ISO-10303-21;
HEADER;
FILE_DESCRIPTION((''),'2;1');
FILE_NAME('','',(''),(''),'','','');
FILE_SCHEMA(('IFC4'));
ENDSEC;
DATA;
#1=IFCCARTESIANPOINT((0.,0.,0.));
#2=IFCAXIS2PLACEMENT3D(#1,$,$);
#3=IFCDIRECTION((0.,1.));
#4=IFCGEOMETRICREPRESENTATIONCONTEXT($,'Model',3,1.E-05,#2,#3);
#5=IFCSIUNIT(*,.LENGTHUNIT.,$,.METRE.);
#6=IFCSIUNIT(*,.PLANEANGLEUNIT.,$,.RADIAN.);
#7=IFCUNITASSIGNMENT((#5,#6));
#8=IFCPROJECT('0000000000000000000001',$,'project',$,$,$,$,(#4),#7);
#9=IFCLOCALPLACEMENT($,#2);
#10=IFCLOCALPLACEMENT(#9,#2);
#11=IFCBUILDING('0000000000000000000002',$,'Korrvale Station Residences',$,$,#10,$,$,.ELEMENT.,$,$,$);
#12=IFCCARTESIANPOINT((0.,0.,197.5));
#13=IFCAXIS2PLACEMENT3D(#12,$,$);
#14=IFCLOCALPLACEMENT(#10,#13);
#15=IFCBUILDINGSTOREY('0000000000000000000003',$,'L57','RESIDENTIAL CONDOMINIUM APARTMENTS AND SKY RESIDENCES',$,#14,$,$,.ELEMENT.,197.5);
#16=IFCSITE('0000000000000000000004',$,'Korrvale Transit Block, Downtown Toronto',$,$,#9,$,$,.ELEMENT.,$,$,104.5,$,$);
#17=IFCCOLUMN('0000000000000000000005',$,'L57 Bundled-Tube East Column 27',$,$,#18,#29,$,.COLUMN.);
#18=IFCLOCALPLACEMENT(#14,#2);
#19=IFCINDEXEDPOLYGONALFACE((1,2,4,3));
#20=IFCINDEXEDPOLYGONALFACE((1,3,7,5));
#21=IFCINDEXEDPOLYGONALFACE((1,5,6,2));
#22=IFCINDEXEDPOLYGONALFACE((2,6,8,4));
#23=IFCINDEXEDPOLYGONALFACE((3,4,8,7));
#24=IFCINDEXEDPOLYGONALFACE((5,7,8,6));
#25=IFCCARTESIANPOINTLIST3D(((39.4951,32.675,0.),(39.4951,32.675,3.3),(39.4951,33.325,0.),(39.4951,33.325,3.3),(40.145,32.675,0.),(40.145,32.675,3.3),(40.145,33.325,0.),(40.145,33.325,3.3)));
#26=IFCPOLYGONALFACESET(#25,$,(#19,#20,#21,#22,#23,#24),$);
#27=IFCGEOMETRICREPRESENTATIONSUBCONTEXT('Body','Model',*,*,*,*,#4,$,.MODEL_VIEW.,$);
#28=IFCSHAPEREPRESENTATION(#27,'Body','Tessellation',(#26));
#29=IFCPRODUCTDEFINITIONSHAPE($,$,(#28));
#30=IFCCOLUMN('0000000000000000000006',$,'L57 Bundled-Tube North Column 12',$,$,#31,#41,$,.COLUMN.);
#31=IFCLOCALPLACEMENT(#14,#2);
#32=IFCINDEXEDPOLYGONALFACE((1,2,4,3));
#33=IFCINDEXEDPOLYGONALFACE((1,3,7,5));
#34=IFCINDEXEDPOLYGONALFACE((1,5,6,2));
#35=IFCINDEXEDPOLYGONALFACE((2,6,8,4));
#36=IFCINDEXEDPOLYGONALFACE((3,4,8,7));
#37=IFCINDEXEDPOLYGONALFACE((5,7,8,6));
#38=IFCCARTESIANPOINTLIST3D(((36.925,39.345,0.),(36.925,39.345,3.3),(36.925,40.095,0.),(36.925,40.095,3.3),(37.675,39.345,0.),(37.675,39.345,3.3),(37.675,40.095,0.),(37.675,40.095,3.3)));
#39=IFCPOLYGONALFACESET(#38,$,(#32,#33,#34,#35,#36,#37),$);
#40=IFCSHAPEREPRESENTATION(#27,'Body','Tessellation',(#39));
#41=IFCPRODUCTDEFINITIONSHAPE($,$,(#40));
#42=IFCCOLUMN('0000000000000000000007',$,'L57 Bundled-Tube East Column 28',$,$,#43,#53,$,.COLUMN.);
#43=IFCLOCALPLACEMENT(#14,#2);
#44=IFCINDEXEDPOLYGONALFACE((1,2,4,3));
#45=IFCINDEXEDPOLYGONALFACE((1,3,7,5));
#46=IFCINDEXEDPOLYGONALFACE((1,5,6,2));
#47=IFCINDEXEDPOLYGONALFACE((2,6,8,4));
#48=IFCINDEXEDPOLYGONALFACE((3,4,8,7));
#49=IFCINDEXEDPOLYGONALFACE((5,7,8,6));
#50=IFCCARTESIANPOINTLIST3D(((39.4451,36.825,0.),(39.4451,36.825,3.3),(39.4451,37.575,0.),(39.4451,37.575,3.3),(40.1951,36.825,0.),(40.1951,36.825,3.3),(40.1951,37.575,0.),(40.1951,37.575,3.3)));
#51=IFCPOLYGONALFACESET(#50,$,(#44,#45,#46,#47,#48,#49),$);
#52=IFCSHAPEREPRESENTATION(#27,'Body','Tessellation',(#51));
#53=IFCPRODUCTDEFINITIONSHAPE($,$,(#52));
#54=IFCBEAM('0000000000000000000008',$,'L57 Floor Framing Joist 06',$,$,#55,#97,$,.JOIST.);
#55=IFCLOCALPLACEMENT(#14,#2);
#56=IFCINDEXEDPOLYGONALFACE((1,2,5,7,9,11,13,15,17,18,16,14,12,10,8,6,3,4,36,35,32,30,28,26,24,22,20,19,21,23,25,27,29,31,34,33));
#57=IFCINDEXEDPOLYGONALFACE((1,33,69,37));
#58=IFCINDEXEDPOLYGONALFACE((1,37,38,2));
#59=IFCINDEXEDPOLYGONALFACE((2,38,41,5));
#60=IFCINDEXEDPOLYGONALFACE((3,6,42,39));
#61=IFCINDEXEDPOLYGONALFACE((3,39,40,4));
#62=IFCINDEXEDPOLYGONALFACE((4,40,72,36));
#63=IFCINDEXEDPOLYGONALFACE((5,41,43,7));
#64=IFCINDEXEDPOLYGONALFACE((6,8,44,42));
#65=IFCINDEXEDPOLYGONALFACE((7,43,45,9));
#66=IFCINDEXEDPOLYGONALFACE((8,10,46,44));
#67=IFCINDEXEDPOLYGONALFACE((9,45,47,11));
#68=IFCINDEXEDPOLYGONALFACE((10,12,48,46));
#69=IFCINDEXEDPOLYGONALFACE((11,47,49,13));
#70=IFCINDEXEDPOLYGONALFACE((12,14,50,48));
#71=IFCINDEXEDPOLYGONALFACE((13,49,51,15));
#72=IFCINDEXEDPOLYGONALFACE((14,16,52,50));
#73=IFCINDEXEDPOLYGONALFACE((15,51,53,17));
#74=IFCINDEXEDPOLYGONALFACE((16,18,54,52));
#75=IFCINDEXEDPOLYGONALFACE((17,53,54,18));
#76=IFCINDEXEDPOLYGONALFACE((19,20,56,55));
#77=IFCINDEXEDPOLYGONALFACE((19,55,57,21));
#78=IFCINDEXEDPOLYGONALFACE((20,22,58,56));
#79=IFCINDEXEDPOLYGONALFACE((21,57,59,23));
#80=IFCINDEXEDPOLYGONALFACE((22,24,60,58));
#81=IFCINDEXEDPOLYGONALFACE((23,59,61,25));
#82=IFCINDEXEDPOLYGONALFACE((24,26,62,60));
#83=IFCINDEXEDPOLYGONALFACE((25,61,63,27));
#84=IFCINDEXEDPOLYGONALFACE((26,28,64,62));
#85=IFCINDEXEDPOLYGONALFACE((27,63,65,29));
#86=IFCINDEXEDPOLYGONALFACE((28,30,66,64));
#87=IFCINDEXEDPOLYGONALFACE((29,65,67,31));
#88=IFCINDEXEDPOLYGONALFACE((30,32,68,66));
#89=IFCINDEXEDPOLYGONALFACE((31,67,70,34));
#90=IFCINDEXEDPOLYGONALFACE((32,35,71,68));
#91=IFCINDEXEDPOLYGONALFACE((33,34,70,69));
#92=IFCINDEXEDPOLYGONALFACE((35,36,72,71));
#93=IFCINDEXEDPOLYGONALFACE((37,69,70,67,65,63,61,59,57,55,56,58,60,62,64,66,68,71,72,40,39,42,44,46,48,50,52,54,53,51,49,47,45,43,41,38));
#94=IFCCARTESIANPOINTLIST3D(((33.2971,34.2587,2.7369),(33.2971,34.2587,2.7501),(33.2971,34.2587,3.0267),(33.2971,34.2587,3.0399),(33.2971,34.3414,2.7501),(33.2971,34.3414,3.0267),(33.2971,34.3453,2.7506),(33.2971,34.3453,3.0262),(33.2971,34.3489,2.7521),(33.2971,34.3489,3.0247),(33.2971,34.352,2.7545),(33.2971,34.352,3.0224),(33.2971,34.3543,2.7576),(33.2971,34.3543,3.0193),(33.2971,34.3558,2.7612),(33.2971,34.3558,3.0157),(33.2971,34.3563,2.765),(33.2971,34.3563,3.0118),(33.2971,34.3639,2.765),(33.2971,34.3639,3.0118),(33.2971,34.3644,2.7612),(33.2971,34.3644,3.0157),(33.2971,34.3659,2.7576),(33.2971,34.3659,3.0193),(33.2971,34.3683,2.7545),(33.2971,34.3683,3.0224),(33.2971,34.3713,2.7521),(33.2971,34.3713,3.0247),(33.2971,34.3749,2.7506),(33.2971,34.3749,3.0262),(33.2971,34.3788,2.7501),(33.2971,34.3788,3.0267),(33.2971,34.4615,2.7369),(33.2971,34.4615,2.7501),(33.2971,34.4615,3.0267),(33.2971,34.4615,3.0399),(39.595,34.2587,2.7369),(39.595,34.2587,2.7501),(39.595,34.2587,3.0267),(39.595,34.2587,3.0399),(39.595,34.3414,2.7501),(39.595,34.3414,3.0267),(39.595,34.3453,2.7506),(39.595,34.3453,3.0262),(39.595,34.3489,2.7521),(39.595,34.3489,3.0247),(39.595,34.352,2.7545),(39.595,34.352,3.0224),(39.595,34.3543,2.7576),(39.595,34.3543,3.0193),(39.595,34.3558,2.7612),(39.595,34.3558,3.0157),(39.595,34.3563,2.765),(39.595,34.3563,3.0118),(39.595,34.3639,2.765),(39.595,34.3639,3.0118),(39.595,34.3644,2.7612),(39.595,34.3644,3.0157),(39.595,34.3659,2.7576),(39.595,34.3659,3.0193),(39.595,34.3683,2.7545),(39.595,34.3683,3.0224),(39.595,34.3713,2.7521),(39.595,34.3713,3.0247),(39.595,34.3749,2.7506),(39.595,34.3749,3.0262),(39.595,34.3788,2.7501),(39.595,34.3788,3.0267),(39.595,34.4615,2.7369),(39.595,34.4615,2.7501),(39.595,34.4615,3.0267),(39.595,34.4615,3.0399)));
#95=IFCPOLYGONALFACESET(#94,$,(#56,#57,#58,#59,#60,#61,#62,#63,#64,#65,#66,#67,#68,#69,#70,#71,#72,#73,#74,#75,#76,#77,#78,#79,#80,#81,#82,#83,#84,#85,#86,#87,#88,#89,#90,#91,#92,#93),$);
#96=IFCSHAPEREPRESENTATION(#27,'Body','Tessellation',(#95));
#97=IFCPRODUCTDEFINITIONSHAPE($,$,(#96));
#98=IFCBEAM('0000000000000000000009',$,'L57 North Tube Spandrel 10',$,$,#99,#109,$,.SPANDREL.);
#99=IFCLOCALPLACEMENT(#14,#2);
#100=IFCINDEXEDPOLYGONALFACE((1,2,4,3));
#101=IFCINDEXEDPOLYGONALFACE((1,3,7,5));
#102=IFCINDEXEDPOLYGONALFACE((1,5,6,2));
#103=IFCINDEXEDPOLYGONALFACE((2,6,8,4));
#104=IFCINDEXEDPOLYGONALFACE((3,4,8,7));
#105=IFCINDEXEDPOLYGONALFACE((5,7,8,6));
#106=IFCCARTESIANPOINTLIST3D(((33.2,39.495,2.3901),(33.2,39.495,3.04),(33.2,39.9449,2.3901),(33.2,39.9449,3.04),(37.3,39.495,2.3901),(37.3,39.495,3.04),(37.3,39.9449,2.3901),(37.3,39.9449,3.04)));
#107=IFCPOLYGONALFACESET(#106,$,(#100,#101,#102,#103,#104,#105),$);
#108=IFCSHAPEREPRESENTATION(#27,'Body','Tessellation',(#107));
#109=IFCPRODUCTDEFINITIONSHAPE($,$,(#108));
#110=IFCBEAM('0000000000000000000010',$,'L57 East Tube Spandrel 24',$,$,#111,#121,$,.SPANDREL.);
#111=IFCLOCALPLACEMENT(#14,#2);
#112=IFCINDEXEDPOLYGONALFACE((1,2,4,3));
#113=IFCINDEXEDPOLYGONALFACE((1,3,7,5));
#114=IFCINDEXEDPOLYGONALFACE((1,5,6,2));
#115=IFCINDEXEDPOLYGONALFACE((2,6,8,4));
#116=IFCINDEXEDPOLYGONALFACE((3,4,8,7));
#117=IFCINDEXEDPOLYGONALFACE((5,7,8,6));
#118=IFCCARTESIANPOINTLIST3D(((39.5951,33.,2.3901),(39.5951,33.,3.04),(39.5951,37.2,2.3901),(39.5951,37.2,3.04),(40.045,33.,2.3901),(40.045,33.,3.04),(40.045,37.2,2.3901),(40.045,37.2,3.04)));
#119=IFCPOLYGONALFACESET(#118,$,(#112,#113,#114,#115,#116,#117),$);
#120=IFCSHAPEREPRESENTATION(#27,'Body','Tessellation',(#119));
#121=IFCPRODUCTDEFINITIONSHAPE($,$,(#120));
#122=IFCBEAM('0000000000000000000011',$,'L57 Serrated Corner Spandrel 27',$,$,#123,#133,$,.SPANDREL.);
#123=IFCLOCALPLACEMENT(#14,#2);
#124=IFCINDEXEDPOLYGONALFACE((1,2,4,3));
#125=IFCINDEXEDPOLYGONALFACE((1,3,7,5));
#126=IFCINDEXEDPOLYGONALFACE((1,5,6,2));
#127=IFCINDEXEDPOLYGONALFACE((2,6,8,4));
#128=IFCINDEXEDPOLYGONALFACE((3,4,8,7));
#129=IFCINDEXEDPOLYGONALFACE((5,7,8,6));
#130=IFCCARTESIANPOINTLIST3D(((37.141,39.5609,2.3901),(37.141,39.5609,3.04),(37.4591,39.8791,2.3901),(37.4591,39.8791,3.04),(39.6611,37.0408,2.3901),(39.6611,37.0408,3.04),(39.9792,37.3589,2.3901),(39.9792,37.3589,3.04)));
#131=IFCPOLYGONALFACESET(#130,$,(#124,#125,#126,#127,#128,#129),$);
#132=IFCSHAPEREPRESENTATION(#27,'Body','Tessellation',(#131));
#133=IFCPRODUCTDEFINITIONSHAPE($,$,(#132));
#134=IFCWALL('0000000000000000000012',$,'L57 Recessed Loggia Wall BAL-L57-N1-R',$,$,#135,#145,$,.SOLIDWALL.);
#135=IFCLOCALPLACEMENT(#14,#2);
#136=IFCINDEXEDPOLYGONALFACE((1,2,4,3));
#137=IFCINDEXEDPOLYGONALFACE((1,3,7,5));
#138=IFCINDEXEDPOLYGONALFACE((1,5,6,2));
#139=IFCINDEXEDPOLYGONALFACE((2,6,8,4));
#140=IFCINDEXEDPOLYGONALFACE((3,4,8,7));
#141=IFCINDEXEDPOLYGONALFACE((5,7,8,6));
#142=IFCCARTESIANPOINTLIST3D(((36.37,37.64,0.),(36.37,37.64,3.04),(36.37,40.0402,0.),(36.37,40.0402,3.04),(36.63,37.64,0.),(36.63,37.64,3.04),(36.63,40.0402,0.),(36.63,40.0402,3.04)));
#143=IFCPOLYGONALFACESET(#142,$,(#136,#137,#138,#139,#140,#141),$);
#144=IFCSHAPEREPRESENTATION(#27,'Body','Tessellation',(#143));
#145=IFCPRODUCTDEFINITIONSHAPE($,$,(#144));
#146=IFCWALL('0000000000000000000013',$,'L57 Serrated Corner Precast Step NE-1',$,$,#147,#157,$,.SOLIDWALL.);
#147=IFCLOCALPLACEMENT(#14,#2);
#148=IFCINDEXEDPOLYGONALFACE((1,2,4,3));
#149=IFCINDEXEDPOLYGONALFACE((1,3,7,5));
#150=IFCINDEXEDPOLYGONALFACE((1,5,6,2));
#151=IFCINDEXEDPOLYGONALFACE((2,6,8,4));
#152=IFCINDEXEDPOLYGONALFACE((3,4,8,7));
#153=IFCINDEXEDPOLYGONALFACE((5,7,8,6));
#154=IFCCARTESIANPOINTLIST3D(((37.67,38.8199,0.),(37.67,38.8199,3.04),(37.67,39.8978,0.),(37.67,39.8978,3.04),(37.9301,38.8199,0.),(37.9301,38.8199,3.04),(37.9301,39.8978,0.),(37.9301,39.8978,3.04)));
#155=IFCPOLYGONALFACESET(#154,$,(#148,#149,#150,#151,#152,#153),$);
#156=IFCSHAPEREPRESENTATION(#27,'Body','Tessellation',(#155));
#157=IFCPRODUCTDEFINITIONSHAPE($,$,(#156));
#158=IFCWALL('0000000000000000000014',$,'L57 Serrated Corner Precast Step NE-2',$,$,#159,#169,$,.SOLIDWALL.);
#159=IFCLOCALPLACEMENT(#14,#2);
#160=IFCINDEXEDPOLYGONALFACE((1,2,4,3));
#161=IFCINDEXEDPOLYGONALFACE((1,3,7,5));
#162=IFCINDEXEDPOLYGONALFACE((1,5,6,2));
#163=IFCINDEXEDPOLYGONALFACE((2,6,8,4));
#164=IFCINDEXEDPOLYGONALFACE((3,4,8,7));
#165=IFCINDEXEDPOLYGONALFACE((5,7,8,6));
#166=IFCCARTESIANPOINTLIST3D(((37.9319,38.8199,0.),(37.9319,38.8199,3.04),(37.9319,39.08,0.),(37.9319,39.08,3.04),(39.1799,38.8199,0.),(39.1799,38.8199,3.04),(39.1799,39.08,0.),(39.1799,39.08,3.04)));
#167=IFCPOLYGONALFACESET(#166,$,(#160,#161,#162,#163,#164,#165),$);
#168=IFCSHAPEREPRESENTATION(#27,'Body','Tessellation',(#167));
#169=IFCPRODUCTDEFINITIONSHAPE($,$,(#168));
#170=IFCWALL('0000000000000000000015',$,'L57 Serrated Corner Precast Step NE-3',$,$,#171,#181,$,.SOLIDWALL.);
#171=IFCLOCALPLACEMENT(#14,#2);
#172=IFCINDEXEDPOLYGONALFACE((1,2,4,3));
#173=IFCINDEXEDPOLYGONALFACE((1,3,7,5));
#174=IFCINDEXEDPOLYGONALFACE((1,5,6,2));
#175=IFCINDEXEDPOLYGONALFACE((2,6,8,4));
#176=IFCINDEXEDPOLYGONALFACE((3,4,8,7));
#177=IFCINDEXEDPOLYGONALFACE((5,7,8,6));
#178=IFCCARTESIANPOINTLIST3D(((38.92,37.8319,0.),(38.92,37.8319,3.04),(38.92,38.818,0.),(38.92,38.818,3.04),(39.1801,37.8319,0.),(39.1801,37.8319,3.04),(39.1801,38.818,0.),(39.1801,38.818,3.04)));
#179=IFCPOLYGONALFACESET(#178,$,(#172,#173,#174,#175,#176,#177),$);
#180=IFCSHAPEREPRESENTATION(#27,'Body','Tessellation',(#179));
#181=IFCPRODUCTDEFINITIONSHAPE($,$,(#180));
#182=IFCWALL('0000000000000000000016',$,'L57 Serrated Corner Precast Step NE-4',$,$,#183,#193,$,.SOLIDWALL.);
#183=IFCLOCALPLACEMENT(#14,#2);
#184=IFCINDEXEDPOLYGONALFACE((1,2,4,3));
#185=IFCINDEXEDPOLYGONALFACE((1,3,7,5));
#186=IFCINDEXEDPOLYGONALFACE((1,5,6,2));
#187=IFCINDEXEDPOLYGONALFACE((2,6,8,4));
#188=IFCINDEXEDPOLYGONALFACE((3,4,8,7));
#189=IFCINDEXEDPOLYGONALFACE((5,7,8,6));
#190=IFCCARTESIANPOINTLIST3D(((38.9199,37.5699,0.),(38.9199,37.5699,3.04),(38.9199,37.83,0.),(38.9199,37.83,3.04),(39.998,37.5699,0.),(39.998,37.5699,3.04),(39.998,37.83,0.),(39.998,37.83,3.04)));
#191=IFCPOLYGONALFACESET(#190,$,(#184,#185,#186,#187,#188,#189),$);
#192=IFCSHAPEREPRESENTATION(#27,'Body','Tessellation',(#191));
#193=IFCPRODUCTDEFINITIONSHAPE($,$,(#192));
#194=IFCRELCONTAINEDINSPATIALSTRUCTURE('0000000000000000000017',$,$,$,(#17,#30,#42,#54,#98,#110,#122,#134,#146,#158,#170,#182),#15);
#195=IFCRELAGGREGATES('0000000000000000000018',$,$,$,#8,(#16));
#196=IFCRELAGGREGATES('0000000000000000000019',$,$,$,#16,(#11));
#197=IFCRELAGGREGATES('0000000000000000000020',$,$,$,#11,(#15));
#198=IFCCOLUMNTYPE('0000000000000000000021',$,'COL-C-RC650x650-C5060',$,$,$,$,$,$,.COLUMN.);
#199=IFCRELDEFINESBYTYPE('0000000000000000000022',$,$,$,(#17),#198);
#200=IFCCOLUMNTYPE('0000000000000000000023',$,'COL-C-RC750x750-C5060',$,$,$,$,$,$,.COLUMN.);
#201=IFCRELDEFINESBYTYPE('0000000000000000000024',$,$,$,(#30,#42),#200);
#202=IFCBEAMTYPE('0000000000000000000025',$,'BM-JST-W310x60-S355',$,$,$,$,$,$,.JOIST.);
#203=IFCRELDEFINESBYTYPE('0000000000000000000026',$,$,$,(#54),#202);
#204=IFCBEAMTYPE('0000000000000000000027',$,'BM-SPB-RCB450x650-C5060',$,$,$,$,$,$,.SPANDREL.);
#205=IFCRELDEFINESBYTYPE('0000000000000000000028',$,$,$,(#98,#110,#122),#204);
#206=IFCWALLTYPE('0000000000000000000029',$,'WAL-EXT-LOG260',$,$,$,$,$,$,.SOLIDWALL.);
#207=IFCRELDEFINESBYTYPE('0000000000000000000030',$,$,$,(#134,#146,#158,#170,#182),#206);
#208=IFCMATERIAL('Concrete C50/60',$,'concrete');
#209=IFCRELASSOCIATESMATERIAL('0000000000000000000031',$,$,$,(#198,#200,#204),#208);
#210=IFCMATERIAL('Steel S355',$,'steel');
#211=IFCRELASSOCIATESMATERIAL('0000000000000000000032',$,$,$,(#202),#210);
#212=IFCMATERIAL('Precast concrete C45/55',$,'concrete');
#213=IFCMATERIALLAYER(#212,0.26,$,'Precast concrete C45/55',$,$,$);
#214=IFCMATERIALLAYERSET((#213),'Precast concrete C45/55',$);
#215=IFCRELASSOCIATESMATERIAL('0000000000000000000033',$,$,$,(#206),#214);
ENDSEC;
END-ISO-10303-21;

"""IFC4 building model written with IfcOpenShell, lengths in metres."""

from ifc_helpers import new_model, si_unit, direction, frame, frame_2d, origin, origin_2d, place, context, subcontext, project, spatial, rectangle, i_section, extrude, material, layer, layer_set, material_profile, profile_set, type_object, element, save


model = new_model("IFC4")

# Units and contexts
model_context = context("Model", 3, precision=1e-05, world=origin(), true_north=direction((0.0, 1.0)))
body_context = subcontext(model_context, "Body", "Model", "MODEL_VIEW")
ifc_project = project(units=[si_unit("LENGTHUNIT", "METRE"), si_unit("PLANEANGLEUNIT", "RADIAN")], contexts=[model_context])

# Site, building, storey
site_placement = place(None, origin())
site = spatial("IfcSite", under=ifc_project, at=site_placement, Name="Korrvale Transit Block, Downtown Toronto", CompositionType="ELEMENT", RefElevation=104.5)
building_placement = place(site_placement, origin())
building = spatial("IfcBuilding", under=site, at=building_placement, Name="Korrvale Station Residences", CompositionType="ELEMENT")
storey_placement = place(building_placement, frame((0.0, 0.0, 197.5)))
storey = spatial("IfcBuildingStorey", under=building, at=storey_placement, Name="L57", Description="RESIDENTIAL CONDOMINIUM APARTMENTS AND SKY RESIDENCES", CompositionType="ELEMENT", Elevation=197.5)

# Columns
ifc_material_1 = material(Name="Concrete C50/60", Category="concrete")
ifc_material_profile_1 = material_profile(ifc_material_1, rectangle(XDim=0.6499, YDim=0.6499, at=origin_2d()), Name="RC650x650")
ifc_profile_set_1 = profile_set([ifc_material_profile_1], Name="Concrete C50/60")
column_type_1 = type_object("IfcColumnType", Name="COL-C-RC650x650-C5060", PredefinedType="COLUMN", material=ifc_profile_set_1)
column_placement = place(storey_placement, frame((39.8201, 33.0, 0.0), z_axis=(0.0, 0.0, 1.0), x_axis=(1.0, 0.0, 0.0)))
element("IfcColumn", 1, at=column_placement, inside=storey, type_object=column_type_1, Name="L57 Bundled-Tube East Column 27", PredefinedType="COLUMN", context=body_context, shape_type="SweptSolid", body=[
    extrude(rectangle(XDim=0.6499, YDim=0.6499, at=origin_2d()), origin(), (0.0, 0.0, 1.0), 3.3),
])
ifc_material_profile_2 = material_profile(ifc_material_1, rectangle(XDim=0.75, YDim=0.75, at=origin_2d()), Name="RC750x750")
ifc_profile_set_2 = profile_set([ifc_material_profile_2], Name="Concrete C50/60")
column_type_2 = type_object("IfcColumnType", Name="COL-C-RC750x750-C5060", PredefinedType="COLUMN", material=ifc_profile_set_2)
for number, where, z_axis, x_axis, name in (
    (2, (37.3, 39.72, 0.0), (0.0, 0.0, 1.0), (1.0, 0.0, 0.0), "L57 Bundled-Tube North Column 12"),
    (3, (39.8201, 37.2, 0.0), (0.0, 0.0, 1.0), (1.0, 0.0, 0.0), "L57 Bundled-Tube East Column 28"),
):
    element("IfcColumn", number, at=place(storey_placement, frame(where, z_axis=z_axis, x_axis=x_axis)), inside=storey, type_object=column_type_2, Name=name, PredefinedType="COLUMN", context=body_context, shape_type="SweptSolid", body=[
        extrude(rectangle(XDim=0.75, YDim=0.75, at=origin_2d()), origin(), (0.0, 0.0, 1.0), 3.3),
    ])

# Beams
ifc_material_2 = material(Name="Steel S355", Category="steel")
ifc_material_profile_3 = material_profile(ifc_material_2, i_section(OverallWidth=0.2029, OverallDepth=0.303, WebThickness=0.0076, FlangeThickness=0.0132, FilletRadius=0.0149, at=origin_2d()), Name="W310x60")
ifc_profile_set_3 = profile_set([ifc_material_profile_3], Name="Steel S355")
beam_type_1 = type_object("IfcBeamType", Name="BM-JST-W310x60-S355", PredefinedType="JOIST", material=ifc_profile_set_3)
beam_1_placement = place(storey_placement, frame((33.2971, 34.3601, 2.8884), z_axis=(1.0, 0.0, 0.0), x_axis=(0.0, 1.0, 0.0)))
element("IfcBeam", 4, at=beam_1_placement, inside=storey, type_object=beam_type_1, Name="L57 Floor Framing Joist 06", PredefinedType="JOIST", context=body_context, shape_type="SweptSolid", body=[
    extrude(i_section(OverallWidth=0.2029, OverallDepth=0.303, WebThickness=0.0076, FlangeThickness=0.0132, FilletRadius=0.0149, at=origin_2d()), origin(), (0.0, 0.0, 1.0), 6.2979),
])
ifc_material_profile_4 = material_profile(ifc_material_1, rectangle(XDim=0.45, YDim=0.6499, at=origin_2d()), Name="RCB450x650")
ifc_profile_set_4 = profile_set([ifc_material_profile_4], Name="Concrete C50/60")
beam_type_2 = type_object("IfcBeamType", Name="BM-SPB-RCB450x650-C5060", PredefinedType="SPANDREL", material=ifc_profile_set_4)
beam_2_placement = place(storey_placement, frame((33.2, 39.72, 2.7151), z_axis=(1.0, 0.0, 0.0), x_axis=(0.0, 1.0, 0.0)))
element("IfcBeam", 5, at=beam_2_placement, inside=storey, type_object=beam_type_2, Name="L57 North Tube Spandrel 10", PredefinedType="SPANDREL", context=body_context, shape_type="SweptSolid", body=[
    extrude(rectangle(XDim=0.45, YDim=0.6499, at=origin_2d()), origin(), (0.0, 0.0, 1.0), 4.1001),
])
beam_3_placement = place(storey_placement, frame((39.8201, 33.0, 2.7151), z_axis=(0.0, 1.0, 0.0), x_axis=(-1.0, 0.0, 0.0)))
element("IfcBeam", 6, at=beam_3_placement, inside=storey, type_object=beam_type_2, Name="L57 East Tube Spandrel 24", PredefinedType="SPANDREL", context=body_context, shape_type="SweptSolid", body=[
    extrude(rectangle(XDim=0.45, YDim=0.6499, at=origin_2d()), origin(), (0.0, 0.0, 1.0), 4.2),
])
beam_4_placement = place(storey_placement, frame((37.3, 39.72, 2.7151), z_axis=(0.707107, -0.707107, 0.0), x_axis=(0.707107, 0.707107, 0.0)))
element("IfcBeam", 7, at=beam_4_placement, inside=storey, type_object=beam_type_2, Name="L57 Serrated Corner Spandrel 27", PredefinedType="SPANDREL", context=body_context, shape_type="SweptSolid", body=[
    extrude(rectangle(XDim=0.45, YDim=0.6499, at=origin_2d()), origin(), (0.0, 0.0, 1.0), 3.564),
])

# Walls
ifc_material_3 = material(Name="Precast concrete C45/55", Category="concrete")
ifc_layer_1 = layer(ifc_material_3, 0.26, Name="Precast concrete C45/55")
ifc_layer_set_1 = layer_set([ifc_layer_1], Name="Precast concrete C45/55")
wall_type_1 = type_object("IfcWallType", Name="WAL-EXT-LOG260", PredefinedType="SOLIDWALL", material=ifc_layer_set_1)
wall_1_placement = place(storey_placement, frame((36.5, 37.6399, 0.0), z_axis=(0.0, 0.0, 1.0), x_axis=(0.0, 1.0, 0.0)))
element("IfcWall", 8, at=wall_1_placement, inside=storey, type_object=wall_type_1, Name="L57 Recessed Loggia Wall BAL-L57-N1-R", PredefinedType="SOLIDWALL", context=body_context, shape_type="SweptSolid", body=[
    extrude(rectangle(XDim=2.4001, YDim=0.26, at=frame_2d((1.2002, 0.0))), origin(), (0.0, 0.0, 1.0), 3.04),
])
wall_2_placement = place(storey_placement, frame((37.8, 39.8979, 0.0), z_axis=(0.0, 0.0, 1.0), x_axis=(0.0, -1.0, 0.0)))
element("IfcWall", 9, at=wall_2_placement, inside=storey, type_object=wall_type_1, Name="L57 Serrated Corner Precast Step NE-1", PredefinedType="SOLIDWALL", context=body_context, shape_type="SweptSolid", body=[
    extrude(rectangle(XDim=1.0779, YDim=0.26, at=frame_2d((0.5391, 0.0))), origin(), (0.0, 0.0, 1.0), 3.04),
])
wall_3_placement = place(storey_placement, frame((37.9319, 38.95, 0.0), z_axis=(0.0, 0.0, 1.0), x_axis=(1.0, 0.0, 0.0)))
element("IfcWall", 10, at=wall_3_placement, inside=storey, type_object=wall_type_1, Name="L57 Serrated Corner Precast Step NE-2", PredefinedType="SOLIDWALL", context=body_context, shape_type="SweptSolid", body=[
    extrude(rectangle(XDim=1.248, YDim=0.26, at=frame_2d((0.624, 0.0))), origin(), (0.0, 0.0, 1.0), 3.04),
])
wall_4_placement = place(storey_placement, frame((39.05, 38.8181, 0.0), z_axis=(0.0, 0.0, 1.0), x_axis=(0.0, -1.0, 0.0)))
element("IfcWall", 11, at=wall_4_placement, inside=storey, type_object=wall_type_1, Name="L57 Serrated Corner Precast Step NE-3", PredefinedType="SOLIDWALL", context=body_context, shape_type="SweptSolid", body=[
    extrude(rectangle(XDim=0.9861, YDim=0.26, at=frame_2d((0.4932, 0.0))), origin(), (0.0, 0.0, 1.0), 3.04),
])
wall_5_placement = place(storey_placement, frame((38.9199, 37.7, 0.0), z_axis=(0.0, 0.0, 1.0), x_axis=(1.0, 0.0, 0.0)))
element("IfcWall", 12, at=wall_5_placement, inside=storey, type_object=wall_type_1, Name="L57 Serrated Corner Precast Step NE-4", PredefinedType="SOLIDWALL", context=body_context, shape_type="SweptSolid", body=[
    extrude(rectangle(XDim=1.0781, YDim=0.26, at=frame_2d((0.5391, 0.0))), origin(), (0.0, 0.0, 1.0), 3.04),
])

save(model, "model.ifc")
